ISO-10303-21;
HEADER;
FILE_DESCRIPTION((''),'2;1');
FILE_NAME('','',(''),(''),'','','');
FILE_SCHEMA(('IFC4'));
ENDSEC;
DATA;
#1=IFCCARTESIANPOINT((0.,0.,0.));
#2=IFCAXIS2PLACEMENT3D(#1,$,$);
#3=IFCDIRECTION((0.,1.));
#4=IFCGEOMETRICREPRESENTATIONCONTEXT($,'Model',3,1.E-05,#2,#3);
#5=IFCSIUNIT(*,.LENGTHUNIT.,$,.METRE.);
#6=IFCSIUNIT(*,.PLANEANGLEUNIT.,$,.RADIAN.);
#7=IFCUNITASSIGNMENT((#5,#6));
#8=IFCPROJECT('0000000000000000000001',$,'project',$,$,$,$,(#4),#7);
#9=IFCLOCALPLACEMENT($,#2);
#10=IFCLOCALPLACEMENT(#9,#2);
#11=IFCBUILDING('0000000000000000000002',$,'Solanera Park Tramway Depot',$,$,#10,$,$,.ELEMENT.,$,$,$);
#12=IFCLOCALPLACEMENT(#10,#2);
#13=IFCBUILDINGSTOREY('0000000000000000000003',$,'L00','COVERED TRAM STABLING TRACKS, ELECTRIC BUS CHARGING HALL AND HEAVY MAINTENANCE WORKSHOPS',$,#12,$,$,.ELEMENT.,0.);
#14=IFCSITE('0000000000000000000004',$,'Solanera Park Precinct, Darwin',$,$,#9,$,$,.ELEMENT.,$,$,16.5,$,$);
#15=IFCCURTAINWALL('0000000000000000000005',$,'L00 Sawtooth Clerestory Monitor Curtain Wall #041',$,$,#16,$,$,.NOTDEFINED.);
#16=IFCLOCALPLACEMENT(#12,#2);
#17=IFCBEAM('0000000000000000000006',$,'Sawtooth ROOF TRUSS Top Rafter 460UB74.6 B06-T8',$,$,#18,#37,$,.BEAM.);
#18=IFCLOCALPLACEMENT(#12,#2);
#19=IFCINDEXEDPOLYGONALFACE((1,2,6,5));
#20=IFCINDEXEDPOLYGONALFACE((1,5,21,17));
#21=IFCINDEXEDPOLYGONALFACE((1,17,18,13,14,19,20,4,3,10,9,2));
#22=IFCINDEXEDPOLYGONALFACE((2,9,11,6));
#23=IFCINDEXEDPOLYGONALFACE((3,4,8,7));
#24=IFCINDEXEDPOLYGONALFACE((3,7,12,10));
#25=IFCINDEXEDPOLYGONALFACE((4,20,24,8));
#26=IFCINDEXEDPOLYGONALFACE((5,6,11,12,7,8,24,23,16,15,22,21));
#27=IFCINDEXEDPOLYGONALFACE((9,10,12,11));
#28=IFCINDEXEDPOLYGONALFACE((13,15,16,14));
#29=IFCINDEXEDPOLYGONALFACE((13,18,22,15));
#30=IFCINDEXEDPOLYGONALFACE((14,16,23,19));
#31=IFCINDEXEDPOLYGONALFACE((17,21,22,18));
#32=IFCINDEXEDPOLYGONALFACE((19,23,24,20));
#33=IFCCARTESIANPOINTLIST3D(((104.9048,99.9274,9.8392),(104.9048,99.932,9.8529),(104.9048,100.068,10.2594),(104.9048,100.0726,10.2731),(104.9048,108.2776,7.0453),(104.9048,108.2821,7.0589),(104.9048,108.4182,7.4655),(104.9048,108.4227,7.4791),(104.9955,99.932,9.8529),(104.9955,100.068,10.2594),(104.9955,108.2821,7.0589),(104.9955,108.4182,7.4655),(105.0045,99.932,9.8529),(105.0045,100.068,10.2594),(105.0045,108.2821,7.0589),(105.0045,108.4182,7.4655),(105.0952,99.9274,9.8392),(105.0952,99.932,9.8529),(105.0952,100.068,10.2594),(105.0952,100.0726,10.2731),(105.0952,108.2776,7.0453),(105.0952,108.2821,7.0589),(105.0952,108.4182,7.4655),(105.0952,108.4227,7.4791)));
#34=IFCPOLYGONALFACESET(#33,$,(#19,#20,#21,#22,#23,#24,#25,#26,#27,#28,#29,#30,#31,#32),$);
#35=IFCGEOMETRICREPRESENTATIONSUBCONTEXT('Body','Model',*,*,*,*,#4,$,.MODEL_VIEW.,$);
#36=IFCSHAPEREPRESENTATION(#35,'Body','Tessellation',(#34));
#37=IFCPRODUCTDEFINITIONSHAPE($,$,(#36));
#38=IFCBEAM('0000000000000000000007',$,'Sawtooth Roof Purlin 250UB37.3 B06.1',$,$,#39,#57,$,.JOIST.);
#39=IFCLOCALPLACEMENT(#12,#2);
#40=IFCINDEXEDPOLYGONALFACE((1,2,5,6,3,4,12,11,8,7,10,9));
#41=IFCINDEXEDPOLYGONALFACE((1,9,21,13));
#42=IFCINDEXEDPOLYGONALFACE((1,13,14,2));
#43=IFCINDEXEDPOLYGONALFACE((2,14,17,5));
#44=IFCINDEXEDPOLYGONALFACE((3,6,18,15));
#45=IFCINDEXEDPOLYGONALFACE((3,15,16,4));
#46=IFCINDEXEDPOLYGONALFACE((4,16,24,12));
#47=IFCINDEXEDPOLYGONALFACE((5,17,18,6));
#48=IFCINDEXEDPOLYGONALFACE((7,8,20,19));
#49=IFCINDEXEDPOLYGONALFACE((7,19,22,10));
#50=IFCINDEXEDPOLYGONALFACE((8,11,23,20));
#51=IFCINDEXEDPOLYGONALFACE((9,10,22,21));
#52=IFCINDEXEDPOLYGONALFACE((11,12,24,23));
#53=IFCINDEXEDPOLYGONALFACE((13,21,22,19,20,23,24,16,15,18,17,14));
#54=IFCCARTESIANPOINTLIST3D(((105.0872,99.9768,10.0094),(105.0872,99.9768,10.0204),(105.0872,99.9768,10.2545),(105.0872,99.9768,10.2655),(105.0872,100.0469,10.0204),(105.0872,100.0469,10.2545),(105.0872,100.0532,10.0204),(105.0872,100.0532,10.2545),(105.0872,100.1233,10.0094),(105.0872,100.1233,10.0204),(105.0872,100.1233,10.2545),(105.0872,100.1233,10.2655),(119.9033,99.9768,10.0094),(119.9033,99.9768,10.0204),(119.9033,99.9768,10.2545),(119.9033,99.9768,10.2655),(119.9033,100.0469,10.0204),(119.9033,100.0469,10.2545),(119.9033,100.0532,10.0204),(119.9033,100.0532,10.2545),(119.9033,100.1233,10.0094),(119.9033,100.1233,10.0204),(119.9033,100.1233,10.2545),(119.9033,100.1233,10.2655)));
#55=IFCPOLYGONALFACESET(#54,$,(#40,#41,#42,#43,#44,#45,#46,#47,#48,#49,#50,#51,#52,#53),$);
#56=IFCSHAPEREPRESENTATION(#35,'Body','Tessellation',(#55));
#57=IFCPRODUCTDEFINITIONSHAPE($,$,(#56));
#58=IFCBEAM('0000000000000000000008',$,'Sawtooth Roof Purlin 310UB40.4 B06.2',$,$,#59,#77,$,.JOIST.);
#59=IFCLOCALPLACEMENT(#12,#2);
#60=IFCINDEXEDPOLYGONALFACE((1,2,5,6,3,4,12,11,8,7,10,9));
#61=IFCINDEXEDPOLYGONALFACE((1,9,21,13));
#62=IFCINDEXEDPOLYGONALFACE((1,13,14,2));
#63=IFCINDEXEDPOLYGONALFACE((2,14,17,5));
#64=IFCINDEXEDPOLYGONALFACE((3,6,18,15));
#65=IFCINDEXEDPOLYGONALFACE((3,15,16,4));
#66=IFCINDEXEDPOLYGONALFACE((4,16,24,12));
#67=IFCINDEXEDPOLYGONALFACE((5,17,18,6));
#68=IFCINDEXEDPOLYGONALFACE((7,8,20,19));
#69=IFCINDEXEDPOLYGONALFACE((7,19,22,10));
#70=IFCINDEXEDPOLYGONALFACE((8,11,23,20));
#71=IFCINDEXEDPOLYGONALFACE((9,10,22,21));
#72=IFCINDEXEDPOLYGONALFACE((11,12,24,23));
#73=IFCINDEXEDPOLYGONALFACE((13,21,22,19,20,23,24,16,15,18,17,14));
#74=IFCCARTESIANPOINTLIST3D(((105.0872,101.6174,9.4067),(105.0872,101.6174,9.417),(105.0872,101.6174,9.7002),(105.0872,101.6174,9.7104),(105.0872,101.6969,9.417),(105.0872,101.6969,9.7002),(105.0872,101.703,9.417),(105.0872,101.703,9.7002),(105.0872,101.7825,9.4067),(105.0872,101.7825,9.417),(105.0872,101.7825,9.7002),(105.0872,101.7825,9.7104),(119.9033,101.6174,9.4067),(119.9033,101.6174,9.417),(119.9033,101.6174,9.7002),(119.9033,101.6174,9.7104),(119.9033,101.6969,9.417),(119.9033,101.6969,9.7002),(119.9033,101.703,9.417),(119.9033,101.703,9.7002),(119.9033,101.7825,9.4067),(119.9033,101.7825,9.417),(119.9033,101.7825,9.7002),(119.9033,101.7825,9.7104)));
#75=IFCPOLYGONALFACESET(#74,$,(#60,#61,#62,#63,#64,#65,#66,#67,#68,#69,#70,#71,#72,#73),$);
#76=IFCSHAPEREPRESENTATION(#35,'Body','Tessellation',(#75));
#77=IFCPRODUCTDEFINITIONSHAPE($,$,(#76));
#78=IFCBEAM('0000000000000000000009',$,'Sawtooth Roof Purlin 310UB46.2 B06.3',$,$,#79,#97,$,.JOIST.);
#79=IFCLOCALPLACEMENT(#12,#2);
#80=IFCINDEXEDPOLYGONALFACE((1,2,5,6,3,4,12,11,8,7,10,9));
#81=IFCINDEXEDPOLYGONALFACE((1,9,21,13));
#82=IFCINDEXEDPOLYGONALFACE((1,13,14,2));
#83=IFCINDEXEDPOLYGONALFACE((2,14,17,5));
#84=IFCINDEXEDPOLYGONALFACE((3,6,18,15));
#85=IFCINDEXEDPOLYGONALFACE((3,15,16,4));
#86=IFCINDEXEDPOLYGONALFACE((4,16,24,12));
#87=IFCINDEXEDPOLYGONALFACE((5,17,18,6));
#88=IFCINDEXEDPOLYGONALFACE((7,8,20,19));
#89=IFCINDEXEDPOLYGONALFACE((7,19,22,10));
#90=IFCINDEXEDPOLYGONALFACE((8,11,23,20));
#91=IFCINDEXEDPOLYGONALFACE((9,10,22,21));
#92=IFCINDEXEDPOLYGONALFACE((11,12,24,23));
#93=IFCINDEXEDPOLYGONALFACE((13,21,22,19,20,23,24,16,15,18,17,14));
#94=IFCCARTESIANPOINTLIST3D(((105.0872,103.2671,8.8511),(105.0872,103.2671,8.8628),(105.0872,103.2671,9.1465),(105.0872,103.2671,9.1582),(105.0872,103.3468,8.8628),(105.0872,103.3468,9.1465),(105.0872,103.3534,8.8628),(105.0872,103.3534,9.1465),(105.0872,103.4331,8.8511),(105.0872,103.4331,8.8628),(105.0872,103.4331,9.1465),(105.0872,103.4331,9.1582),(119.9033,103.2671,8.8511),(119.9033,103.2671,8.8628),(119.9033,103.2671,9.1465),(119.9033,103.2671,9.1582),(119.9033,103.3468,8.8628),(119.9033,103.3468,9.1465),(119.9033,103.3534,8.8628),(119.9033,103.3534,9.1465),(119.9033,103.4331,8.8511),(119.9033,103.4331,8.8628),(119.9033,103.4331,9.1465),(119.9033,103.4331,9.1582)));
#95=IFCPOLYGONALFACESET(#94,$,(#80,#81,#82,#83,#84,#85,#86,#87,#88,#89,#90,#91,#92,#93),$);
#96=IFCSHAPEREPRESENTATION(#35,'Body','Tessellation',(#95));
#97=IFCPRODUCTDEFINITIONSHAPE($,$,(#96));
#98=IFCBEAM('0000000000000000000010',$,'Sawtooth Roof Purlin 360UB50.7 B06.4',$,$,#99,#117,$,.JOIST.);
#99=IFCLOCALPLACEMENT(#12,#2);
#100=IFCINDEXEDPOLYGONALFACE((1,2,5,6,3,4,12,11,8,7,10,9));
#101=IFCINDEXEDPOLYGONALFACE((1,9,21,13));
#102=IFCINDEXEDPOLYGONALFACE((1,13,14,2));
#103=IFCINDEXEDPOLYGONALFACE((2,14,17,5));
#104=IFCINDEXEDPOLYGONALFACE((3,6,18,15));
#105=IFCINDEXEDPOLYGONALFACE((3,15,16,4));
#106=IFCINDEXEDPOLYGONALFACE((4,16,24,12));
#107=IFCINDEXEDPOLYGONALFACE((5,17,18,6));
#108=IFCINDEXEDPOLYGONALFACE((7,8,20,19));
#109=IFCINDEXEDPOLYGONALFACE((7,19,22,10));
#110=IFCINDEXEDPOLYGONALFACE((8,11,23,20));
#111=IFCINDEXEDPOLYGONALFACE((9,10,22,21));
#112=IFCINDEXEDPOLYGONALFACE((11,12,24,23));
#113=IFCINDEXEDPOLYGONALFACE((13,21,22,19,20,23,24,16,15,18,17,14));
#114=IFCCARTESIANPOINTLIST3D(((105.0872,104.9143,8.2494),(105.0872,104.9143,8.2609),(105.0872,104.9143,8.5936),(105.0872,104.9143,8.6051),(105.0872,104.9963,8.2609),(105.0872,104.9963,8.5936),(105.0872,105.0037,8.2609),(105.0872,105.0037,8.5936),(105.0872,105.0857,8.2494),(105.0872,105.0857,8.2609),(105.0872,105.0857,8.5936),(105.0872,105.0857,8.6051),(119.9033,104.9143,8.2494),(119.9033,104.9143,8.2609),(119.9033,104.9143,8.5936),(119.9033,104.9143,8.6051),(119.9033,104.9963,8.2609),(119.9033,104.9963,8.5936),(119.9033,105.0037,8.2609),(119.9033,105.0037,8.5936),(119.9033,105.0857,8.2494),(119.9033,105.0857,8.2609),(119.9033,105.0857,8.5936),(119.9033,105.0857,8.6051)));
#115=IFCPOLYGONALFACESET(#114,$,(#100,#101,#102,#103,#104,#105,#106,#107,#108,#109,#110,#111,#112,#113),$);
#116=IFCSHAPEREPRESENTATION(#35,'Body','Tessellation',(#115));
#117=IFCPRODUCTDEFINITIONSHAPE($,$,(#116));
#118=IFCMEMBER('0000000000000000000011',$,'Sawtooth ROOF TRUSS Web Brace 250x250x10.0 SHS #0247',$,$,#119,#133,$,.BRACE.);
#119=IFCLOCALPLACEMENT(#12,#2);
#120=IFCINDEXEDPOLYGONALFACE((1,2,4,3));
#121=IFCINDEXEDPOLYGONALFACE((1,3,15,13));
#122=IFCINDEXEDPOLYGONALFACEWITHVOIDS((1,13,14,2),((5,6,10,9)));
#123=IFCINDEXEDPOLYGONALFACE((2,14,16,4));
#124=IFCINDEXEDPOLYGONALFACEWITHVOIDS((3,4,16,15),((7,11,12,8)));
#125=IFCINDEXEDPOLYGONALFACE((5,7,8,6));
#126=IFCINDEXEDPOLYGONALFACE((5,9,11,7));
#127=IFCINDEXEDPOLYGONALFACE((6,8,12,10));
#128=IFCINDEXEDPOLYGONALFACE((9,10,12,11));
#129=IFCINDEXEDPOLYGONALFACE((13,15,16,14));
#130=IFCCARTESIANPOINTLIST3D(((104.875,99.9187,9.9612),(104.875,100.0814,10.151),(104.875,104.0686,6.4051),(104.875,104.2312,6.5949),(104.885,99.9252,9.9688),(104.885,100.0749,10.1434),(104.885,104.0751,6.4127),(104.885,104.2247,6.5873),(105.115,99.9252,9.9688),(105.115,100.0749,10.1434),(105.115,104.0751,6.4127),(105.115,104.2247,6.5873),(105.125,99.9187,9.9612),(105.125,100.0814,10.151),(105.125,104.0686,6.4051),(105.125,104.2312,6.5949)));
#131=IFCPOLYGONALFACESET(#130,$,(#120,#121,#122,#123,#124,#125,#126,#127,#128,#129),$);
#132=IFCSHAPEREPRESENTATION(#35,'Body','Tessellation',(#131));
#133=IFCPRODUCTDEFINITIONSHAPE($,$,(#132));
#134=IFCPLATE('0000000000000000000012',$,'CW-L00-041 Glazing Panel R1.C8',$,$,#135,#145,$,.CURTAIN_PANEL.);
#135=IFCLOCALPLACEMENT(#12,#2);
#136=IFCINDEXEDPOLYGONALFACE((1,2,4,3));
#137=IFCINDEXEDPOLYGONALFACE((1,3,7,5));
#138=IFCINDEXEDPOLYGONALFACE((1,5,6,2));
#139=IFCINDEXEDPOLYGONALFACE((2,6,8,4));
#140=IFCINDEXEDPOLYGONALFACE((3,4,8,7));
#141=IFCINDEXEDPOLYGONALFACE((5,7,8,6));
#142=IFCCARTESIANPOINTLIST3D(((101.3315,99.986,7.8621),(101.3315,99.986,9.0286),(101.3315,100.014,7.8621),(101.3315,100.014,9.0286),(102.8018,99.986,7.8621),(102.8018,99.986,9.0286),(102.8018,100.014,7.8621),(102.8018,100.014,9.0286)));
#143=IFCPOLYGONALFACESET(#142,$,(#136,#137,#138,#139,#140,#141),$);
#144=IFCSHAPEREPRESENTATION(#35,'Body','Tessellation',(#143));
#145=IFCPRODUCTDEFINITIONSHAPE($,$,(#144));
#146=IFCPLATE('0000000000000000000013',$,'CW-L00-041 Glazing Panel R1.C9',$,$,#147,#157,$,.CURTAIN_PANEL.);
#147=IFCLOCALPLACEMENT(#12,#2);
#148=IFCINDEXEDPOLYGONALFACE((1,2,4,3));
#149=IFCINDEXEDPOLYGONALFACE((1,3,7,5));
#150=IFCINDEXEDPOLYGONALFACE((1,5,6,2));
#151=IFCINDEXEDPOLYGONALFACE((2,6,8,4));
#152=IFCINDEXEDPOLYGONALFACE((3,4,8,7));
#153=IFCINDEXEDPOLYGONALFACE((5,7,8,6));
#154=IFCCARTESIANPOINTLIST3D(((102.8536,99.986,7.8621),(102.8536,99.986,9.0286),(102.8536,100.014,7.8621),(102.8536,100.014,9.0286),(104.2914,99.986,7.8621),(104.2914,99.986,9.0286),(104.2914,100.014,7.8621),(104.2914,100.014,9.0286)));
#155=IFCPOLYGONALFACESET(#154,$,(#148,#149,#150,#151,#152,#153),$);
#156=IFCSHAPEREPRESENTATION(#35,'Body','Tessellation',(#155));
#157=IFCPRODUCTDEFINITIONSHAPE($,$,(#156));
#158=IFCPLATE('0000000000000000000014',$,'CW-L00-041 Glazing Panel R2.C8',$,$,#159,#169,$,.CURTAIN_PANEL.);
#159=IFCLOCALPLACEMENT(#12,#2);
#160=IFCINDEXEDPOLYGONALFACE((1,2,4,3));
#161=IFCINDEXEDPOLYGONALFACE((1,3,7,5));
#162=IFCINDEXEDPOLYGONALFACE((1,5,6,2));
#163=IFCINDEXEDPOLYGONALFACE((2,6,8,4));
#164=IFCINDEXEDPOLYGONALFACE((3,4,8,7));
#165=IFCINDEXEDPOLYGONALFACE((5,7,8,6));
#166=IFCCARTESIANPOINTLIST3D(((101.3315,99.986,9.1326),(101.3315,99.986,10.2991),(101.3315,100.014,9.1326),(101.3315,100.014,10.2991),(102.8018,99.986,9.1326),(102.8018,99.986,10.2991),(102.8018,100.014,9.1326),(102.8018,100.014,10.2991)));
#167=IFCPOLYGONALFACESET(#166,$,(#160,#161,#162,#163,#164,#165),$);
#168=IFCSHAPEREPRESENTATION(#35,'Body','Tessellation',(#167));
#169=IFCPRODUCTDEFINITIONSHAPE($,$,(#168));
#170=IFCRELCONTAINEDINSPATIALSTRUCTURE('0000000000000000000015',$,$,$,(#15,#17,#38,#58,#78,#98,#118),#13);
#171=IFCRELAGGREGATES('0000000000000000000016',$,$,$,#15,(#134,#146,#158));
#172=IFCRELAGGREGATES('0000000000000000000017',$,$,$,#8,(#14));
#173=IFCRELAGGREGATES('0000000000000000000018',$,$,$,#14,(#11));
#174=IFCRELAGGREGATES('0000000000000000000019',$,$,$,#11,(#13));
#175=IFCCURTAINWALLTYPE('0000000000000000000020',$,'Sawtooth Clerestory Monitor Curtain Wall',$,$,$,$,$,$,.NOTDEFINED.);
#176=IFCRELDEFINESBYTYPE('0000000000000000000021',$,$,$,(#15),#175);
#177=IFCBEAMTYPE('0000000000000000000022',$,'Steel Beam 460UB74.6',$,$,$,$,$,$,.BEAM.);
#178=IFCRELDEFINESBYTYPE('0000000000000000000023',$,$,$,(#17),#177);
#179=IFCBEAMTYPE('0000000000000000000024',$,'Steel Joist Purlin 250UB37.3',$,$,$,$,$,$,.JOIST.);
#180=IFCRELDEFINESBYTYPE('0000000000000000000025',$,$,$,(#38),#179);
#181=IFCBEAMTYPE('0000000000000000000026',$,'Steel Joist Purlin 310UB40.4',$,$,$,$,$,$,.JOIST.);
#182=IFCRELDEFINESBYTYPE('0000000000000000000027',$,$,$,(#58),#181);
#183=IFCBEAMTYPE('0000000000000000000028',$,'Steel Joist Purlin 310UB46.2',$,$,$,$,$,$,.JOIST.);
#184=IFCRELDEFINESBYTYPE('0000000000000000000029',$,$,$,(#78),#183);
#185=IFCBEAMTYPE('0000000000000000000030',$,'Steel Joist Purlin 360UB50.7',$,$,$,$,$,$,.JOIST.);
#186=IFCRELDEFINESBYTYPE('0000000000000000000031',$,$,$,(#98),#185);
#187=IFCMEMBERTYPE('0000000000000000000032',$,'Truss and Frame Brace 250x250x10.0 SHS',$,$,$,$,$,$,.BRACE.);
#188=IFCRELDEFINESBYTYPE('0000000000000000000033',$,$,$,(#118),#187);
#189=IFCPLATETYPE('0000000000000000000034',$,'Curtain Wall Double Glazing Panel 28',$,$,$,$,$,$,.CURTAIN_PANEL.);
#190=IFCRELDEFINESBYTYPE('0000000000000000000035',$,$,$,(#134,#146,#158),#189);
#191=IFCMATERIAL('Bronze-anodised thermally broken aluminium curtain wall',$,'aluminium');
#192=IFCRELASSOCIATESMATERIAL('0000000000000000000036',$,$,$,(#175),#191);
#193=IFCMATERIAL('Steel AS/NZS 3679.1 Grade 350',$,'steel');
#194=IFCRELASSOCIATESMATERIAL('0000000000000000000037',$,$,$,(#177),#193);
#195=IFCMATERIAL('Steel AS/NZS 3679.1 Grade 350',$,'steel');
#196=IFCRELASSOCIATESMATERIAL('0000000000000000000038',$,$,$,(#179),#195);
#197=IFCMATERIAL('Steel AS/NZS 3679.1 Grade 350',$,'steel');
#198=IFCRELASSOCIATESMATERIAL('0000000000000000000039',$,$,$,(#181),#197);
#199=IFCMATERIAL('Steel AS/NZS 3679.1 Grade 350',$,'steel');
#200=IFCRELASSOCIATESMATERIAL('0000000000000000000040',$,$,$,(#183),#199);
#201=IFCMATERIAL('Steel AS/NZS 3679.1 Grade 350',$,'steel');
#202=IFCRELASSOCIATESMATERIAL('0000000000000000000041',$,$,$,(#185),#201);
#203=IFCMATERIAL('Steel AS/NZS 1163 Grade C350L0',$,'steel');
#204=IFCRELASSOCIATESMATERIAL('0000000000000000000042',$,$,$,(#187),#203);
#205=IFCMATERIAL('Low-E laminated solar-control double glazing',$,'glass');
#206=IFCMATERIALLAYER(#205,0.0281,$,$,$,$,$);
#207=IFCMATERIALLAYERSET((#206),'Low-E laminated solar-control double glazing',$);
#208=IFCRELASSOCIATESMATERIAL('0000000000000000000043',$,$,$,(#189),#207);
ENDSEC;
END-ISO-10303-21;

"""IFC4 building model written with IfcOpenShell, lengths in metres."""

from ifc_helpers import new_model, si_unit, direction, frame, origin, origin_2d, place, context, subcontext, project, spatial, rectangle, hollow_rectangle, i_section, extrude, material, layer, layer_set, material_profile, profile_set, type_object, element, aggregate, save


model = new_model("IFC4")

# Units and contexts
model_context = context("Model", 3, precision=1e-05, world=origin(), true_north=direction((0.0, 1.0)))
body_context = subcontext(model_context, "Body", "Model", "MODEL_VIEW")
ifc_project = project(units=[si_unit("LENGTHUNIT", "METRE"), si_unit("PLANEANGLEUNIT", "RADIAN")], contexts=[model_context])

# Site, building, storey
site_placement = place(None, origin())
site = spatial("IfcSite", under=ifc_project, at=site_placement, Name="Solanera Park Precinct, Darwin", CompositionType="ELEMENT", RefElevation=16.5)
building_placement = place(site_placement, origin())
building = spatial("IfcBuilding", under=site, at=building_placement, Name="Solanera Park Tramway Depot", CompositionType="ELEMENT")
storey_placement = place(building_placement, origin())
storey = spatial("IfcBuildingStorey", under=building, at=storey_placement, Name="L00", Description="COVERED TRAM STABLING TRACKS, ELECTRIC BUS CHARGING HALL AND HEAVY MAINTENANCE WORKSHOPS", CompositionType="ELEMENT", Elevation=0.0)

# Curtain wall
ifc_material_1 = material(Name="Bronze-anodised thermally broken aluminium curtain wall", Category="aluminium")
curtain_wall_type = type_object("IfcCurtainWallType", Name="Sawtooth Clerestory Monitor Curtain Wall", PredefinedType="NOTDEFINED", material=ifc_material_1)
curtain_wall_1_placement = place(storey_placement, origin())
curtain_wall_1 = element("IfcCurtainWall", 1, at=curtain_wall_1_placement, inside=storey, type_object=curtain_wall_type, Name="L00 Sawtooth Clerestory Monitor Curtain Wall #041", PredefinedType="NOTDEFINED")

# Beams
ifc_material_2 = material(Name="Steel AS/NZS 3679.1 Grade 350", Category="steel")
ifc_material_profile_1 = material_profile(ifc_material_2, i_section(OverallWidth=0.1904, OverallDepth=0.4575, WebThickness=0.009, FlangeThickness=0.0144, at=origin_2d()), Name="460UB74.6")
ifc_profile_set_1 = profile_set([ifc_material_profile_1], Name="Steel AS/NZS 3679.1 Grade 350")
beam_type_1 = type_object("IfcBeamType", Name="Steel Beam 460UB74.6", PredefinedType="BEAM", material=ifc_profile_set_1)
beam_1_placement = place(storey_placement, frame((105.0, 100.0, 10.0562), z_axis=(0.0, 0.948322, -0.317309), x_axis=(-1.0, 0.0, 0.0)))
element("IfcBeam", 2, at=beam_1_placement, inside=storey, type_object=beam_type_1, Name="Sawtooth ROOF TRUSS Top Rafter 460UB74.6 B06-T8", PredefinedType="BEAM", context=body_context, shape_type="SweptSolid", body=[
    extrude(i_section(OverallWidth=0.1904, OverallDepth=0.4575, WebThickness=0.009, FlangeThickness=0.0144, at=origin_2d()), origin(), (0.0, 0.0, 1.0), 8.8052),
])
ifc_material_3 = material(Name="Steel AS/NZS 3679.1 Grade 350", Category="steel")
ifc_material_profile_2 = material_profile(ifc_material_3, i_section(OverallWidth=0.1465, OverallDepth=0.2561, WebThickness=0.0063, FlangeThickness=0.011, at=origin_2d()), Name="250UB37.3")
ifc_profile_set_2 = profile_set([ifc_material_profile_2], Name="Steel AS/NZS 3679.1 Grade 350")
beam_type_2 = type_object("IfcBeamType", Name="Steel Joist Purlin 250UB37.3", PredefinedType="JOIST", material=ifc_profile_set_2)
beam_2_placement = place(storey_placement, frame((105.0872, 100.05, 10.1375), z_axis=(1.0, 0.0, 0.0), x_axis=(0.0, 1.0, 0.0)))
element("IfcBeam", 3, at=beam_2_placement, inside=storey, type_object=beam_type_2, Name="Sawtooth Roof Purlin 250UB37.3 B06.1", PredefinedType="JOIST", context=body_context, shape_type="SweptSolid", body=[
    extrude(i_section(OverallWidth=0.1465, OverallDepth=0.2561, WebThickness=0.0063, FlangeThickness=0.011, at=origin_2d()), origin(), (0.0, 0.0, 1.0), 14.8162),
])
ifc_material_4 = material(Name="Steel AS/NZS 3679.1 Grade 350", Category="steel")
ifc_material_profile_3 = material_profile(ifc_material_4, i_section(OverallWidth=0.165, OverallDepth=0.3037, WebThickness=0.0061, FlangeThickness=0.0103, at=origin_2d()), Name="310UB40.4")
ifc_profile_set_3 = profile_set([ifc_material_profile_3], Name="Steel AS/NZS 3679.1 Grade 350")
beam_type_3 = type_object("IfcBeamType", Name="Steel Joist Purlin 310UB40.4", PredefinedType="JOIST", material=ifc_profile_set_3)
beam_3_placement = place(storey_placement, frame((105.0872, 101.7, 9.5586), z_axis=(1.0, 0.0, 0.0), x_axis=(0.0, 1.0, 0.0)))
element("IfcBeam", 4, at=beam_3_placement, inside=storey, type_object=beam_type_3, Name="Sawtooth Roof Purlin 310UB40.4 B06.2", PredefinedType="JOIST", context=body_context, shape_type="SweptSolid", body=[
    extrude(i_section(OverallWidth=0.165, OverallDepth=0.3037, WebThickness=0.0061, FlangeThickness=0.0103, at=origin_2d()), origin(), (0.0, 0.0, 1.0), 14.8162),
])
ifc_material_5 = material(Name="Steel AS/NZS 3679.1 Grade 350", Category="steel")
ifc_material_profile_4 = material_profile(ifc_material_5, i_section(OverallWidth=0.166, OverallDepth=0.3071, WebThickness=0.0066, FlangeThickness=0.0117, at=origin_2d()), Name="310UB46.2")
ifc_profile_set_4 = profile_set([ifc_material_profile_4], Name="Steel AS/NZS 3679.1 Grade 350")
beam_type_4 = type_object("IfcBeamType", Name="Steel Joist Purlin 310UB46.2", PredefinedType="JOIST", material=ifc_profile_set_4)
beam_4_placement = place(storey_placement, frame((105.0872, 103.3501, 9.0046), z_axis=(1.0, 0.0, 0.0), x_axis=(0.0, 1.0, 0.0)))
element("IfcBeam", 5, at=beam_4_placement, inside=storey, type_object=beam_type_4, Name="Sawtooth Roof Purlin 310UB46.2 B06.3", PredefinedType="JOIST", context=body_context, shape_type="SweptSolid", body=[
    extrude(i_section(OverallWidth=0.166, OverallDepth=0.3071, WebThickness=0.0066, FlangeThickness=0.0117, at=origin_2d()), origin(), (0.0, 0.0, 1.0), 14.8162),
])
ifc_material_6 = material(Name="Steel AS/NZS 3679.1 Grade 350", Category="steel")
ifc_material_profile_5 = material_profile(ifc_material_6, i_section(OverallWidth=0.1714, OverallDepth=0.3557, WebThickness=0.0073, FlangeThickness=0.0115, at=origin_2d()), Name="360UB50.7")
ifc_profile_set_5 = profile_set([ifc_material_profile_5], Name="Steel AS/NZS 3679.1 Grade 350")
beam_type_5 = type_object("IfcBeamType", Name="Steel Joist Purlin 360UB50.7", PredefinedType="JOIST", material=ifc_profile_set_5)
beam_5_placement = place(storey_placement, frame((105.0872, 105.0, 8.4272), z_axis=(1.0, 0.0, 0.0), x_axis=(0.0, 1.0, 0.0)))
element("IfcBeam", 6, at=beam_5_placement, inside=storey, type_object=beam_type_5, Name="Sawtooth Roof Purlin 360UB50.7 B06.4", PredefinedType="JOIST", context=body_context, shape_type="SweptSolid", body=[
    extrude(i_section(OverallWidth=0.1714, OverallDepth=0.3557, WebThickness=0.0073, FlangeThickness=0.0115, at=origin_2d()), origin(), (0.0, 0.0, 1.0), 14.8162),
])

# Member
ifc_material_7 = material(Name="Steel AS/NZS 1163 Grade C350L0", Category="steel")
ifc_material_profile_6 = material_profile(ifc_material_7, hollow_rectangle(XDim=0.25, YDim=0.25, WallThickness=0.01, at=origin_2d()), Name="250x250x10.0 SHS")
ifc_profile_set_6 = profile_set([ifc_material_profile_6], Name="Steel AS/NZS 1163 Grade C350L0")
member_type_1 = type_object("IfcMemberType", Name="Truss and Frame Brace 250x250x10.0 SHS", PredefinedType="BRACE", material=ifc_profile_set_6)
member_1_placement = place(storey_placement, frame((105.0, 104.1499, 6.5), z_axis=(0.0, -0.759339, 0.650696), x_axis=(1.0, 0.0, 0.0)))
element("IfcMember", 7, at=member_1_placement, inside=storey, type_object=member_type_1, Name="Sawtooth ROOF TRUSS Web Brace 250x250x10.0 SHS #0247", PredefinedType="BRACE", context=body_context, shape_type="SweptSolid", body=[
    extrude(hollow_rectangle(XDim=0.25, YDim=0.25, WallThickness=0.01, at=origin_2d()), origin(), (0.0, 0.0, 1.0), 5.4651),
])

# Plates
ifc_material_8 = material(Name="Low-E laminated solar-control double glazing", Category="glass")
ifc_layer_1 = layer(ifc_material_8, 0.0281)
ifc_layer_set_1 = layer_set([ifc_layer_1], Name="Low-E laminated solar-control double glazing")
plate_type_1 = type_object("IfcPlateType", Name="Curtain Wall Double Glazing Panel 28", PredefinedType="CURTAIN_PANEL", material=ifc_layer_set_1)
plate_1_placement = place(storey_placement, frame((102.0667, 100.0, 7.8621), z_axis=(0.0, 0.0, 1.0), x_axis=(1.0, 0.0, 0.0)))
plate_1 = element("IfcPlate", 8, at=plate_1_placement, type_object=plate_type_1, Name="CW-L00-041 Glazing Panel R1.C8", PredefinedType="CURTAIN_PANEL", context=body_context, shape_type="SweptSolid", body=[
    extrude(rectangle(XDim=1.4702, YDim=0.0281, at=origin_2d()), origin(), (0.0, 0.0, 1.0), 1.1665),
])
plate_2_placement = place(storey_placement, frame((103.5725, 100.0, 7.8621), z_axis=(0.0, 0.0, 1.0), x_axis=(1.0, 0.0, 0.0)))
plate_2 = element("IfcPlate", 9, at=plate_2_placement, type_object=plate_type_1, Name="CW-L00-041 Glazing Panel R1.C9", PredefinedType="CURTAIN_PANEL", context=body_context, shape_type="SweptSolid", body=[
    extrude(rectangle(XDim=1.4377, YDim=0.0281, at=origin_2d()), origin(), (0.0, 0.0, 1.0), 1.1665),
])
plate_3_placement = place(storey_placement, frame((102.0667, 100.0, 9.1326), z_axis=(0.0, 0.0, 1.0), x_axis=(1.0, 0.0, 0.0)))
plate_3 = element("IfcPlate", 10, at=plate_3_placement, type_object=plate_type_1, Name="CW-L00-041 Glazing Panel R2.C8", PredefinedType="CURTAIN_PANEL", context=body_context, shape_type="SweptSolid", body=[
    extrude(rectangle(XDim=1.4702, YDim=0.0281, at=origin_2d()), origin(), (0.0, 0.0, 1.0), 1.1665),
])
aggregate(curtain_wall_1, [plate_1, plate_2, plate_3])

save(model, "model.ifc")
